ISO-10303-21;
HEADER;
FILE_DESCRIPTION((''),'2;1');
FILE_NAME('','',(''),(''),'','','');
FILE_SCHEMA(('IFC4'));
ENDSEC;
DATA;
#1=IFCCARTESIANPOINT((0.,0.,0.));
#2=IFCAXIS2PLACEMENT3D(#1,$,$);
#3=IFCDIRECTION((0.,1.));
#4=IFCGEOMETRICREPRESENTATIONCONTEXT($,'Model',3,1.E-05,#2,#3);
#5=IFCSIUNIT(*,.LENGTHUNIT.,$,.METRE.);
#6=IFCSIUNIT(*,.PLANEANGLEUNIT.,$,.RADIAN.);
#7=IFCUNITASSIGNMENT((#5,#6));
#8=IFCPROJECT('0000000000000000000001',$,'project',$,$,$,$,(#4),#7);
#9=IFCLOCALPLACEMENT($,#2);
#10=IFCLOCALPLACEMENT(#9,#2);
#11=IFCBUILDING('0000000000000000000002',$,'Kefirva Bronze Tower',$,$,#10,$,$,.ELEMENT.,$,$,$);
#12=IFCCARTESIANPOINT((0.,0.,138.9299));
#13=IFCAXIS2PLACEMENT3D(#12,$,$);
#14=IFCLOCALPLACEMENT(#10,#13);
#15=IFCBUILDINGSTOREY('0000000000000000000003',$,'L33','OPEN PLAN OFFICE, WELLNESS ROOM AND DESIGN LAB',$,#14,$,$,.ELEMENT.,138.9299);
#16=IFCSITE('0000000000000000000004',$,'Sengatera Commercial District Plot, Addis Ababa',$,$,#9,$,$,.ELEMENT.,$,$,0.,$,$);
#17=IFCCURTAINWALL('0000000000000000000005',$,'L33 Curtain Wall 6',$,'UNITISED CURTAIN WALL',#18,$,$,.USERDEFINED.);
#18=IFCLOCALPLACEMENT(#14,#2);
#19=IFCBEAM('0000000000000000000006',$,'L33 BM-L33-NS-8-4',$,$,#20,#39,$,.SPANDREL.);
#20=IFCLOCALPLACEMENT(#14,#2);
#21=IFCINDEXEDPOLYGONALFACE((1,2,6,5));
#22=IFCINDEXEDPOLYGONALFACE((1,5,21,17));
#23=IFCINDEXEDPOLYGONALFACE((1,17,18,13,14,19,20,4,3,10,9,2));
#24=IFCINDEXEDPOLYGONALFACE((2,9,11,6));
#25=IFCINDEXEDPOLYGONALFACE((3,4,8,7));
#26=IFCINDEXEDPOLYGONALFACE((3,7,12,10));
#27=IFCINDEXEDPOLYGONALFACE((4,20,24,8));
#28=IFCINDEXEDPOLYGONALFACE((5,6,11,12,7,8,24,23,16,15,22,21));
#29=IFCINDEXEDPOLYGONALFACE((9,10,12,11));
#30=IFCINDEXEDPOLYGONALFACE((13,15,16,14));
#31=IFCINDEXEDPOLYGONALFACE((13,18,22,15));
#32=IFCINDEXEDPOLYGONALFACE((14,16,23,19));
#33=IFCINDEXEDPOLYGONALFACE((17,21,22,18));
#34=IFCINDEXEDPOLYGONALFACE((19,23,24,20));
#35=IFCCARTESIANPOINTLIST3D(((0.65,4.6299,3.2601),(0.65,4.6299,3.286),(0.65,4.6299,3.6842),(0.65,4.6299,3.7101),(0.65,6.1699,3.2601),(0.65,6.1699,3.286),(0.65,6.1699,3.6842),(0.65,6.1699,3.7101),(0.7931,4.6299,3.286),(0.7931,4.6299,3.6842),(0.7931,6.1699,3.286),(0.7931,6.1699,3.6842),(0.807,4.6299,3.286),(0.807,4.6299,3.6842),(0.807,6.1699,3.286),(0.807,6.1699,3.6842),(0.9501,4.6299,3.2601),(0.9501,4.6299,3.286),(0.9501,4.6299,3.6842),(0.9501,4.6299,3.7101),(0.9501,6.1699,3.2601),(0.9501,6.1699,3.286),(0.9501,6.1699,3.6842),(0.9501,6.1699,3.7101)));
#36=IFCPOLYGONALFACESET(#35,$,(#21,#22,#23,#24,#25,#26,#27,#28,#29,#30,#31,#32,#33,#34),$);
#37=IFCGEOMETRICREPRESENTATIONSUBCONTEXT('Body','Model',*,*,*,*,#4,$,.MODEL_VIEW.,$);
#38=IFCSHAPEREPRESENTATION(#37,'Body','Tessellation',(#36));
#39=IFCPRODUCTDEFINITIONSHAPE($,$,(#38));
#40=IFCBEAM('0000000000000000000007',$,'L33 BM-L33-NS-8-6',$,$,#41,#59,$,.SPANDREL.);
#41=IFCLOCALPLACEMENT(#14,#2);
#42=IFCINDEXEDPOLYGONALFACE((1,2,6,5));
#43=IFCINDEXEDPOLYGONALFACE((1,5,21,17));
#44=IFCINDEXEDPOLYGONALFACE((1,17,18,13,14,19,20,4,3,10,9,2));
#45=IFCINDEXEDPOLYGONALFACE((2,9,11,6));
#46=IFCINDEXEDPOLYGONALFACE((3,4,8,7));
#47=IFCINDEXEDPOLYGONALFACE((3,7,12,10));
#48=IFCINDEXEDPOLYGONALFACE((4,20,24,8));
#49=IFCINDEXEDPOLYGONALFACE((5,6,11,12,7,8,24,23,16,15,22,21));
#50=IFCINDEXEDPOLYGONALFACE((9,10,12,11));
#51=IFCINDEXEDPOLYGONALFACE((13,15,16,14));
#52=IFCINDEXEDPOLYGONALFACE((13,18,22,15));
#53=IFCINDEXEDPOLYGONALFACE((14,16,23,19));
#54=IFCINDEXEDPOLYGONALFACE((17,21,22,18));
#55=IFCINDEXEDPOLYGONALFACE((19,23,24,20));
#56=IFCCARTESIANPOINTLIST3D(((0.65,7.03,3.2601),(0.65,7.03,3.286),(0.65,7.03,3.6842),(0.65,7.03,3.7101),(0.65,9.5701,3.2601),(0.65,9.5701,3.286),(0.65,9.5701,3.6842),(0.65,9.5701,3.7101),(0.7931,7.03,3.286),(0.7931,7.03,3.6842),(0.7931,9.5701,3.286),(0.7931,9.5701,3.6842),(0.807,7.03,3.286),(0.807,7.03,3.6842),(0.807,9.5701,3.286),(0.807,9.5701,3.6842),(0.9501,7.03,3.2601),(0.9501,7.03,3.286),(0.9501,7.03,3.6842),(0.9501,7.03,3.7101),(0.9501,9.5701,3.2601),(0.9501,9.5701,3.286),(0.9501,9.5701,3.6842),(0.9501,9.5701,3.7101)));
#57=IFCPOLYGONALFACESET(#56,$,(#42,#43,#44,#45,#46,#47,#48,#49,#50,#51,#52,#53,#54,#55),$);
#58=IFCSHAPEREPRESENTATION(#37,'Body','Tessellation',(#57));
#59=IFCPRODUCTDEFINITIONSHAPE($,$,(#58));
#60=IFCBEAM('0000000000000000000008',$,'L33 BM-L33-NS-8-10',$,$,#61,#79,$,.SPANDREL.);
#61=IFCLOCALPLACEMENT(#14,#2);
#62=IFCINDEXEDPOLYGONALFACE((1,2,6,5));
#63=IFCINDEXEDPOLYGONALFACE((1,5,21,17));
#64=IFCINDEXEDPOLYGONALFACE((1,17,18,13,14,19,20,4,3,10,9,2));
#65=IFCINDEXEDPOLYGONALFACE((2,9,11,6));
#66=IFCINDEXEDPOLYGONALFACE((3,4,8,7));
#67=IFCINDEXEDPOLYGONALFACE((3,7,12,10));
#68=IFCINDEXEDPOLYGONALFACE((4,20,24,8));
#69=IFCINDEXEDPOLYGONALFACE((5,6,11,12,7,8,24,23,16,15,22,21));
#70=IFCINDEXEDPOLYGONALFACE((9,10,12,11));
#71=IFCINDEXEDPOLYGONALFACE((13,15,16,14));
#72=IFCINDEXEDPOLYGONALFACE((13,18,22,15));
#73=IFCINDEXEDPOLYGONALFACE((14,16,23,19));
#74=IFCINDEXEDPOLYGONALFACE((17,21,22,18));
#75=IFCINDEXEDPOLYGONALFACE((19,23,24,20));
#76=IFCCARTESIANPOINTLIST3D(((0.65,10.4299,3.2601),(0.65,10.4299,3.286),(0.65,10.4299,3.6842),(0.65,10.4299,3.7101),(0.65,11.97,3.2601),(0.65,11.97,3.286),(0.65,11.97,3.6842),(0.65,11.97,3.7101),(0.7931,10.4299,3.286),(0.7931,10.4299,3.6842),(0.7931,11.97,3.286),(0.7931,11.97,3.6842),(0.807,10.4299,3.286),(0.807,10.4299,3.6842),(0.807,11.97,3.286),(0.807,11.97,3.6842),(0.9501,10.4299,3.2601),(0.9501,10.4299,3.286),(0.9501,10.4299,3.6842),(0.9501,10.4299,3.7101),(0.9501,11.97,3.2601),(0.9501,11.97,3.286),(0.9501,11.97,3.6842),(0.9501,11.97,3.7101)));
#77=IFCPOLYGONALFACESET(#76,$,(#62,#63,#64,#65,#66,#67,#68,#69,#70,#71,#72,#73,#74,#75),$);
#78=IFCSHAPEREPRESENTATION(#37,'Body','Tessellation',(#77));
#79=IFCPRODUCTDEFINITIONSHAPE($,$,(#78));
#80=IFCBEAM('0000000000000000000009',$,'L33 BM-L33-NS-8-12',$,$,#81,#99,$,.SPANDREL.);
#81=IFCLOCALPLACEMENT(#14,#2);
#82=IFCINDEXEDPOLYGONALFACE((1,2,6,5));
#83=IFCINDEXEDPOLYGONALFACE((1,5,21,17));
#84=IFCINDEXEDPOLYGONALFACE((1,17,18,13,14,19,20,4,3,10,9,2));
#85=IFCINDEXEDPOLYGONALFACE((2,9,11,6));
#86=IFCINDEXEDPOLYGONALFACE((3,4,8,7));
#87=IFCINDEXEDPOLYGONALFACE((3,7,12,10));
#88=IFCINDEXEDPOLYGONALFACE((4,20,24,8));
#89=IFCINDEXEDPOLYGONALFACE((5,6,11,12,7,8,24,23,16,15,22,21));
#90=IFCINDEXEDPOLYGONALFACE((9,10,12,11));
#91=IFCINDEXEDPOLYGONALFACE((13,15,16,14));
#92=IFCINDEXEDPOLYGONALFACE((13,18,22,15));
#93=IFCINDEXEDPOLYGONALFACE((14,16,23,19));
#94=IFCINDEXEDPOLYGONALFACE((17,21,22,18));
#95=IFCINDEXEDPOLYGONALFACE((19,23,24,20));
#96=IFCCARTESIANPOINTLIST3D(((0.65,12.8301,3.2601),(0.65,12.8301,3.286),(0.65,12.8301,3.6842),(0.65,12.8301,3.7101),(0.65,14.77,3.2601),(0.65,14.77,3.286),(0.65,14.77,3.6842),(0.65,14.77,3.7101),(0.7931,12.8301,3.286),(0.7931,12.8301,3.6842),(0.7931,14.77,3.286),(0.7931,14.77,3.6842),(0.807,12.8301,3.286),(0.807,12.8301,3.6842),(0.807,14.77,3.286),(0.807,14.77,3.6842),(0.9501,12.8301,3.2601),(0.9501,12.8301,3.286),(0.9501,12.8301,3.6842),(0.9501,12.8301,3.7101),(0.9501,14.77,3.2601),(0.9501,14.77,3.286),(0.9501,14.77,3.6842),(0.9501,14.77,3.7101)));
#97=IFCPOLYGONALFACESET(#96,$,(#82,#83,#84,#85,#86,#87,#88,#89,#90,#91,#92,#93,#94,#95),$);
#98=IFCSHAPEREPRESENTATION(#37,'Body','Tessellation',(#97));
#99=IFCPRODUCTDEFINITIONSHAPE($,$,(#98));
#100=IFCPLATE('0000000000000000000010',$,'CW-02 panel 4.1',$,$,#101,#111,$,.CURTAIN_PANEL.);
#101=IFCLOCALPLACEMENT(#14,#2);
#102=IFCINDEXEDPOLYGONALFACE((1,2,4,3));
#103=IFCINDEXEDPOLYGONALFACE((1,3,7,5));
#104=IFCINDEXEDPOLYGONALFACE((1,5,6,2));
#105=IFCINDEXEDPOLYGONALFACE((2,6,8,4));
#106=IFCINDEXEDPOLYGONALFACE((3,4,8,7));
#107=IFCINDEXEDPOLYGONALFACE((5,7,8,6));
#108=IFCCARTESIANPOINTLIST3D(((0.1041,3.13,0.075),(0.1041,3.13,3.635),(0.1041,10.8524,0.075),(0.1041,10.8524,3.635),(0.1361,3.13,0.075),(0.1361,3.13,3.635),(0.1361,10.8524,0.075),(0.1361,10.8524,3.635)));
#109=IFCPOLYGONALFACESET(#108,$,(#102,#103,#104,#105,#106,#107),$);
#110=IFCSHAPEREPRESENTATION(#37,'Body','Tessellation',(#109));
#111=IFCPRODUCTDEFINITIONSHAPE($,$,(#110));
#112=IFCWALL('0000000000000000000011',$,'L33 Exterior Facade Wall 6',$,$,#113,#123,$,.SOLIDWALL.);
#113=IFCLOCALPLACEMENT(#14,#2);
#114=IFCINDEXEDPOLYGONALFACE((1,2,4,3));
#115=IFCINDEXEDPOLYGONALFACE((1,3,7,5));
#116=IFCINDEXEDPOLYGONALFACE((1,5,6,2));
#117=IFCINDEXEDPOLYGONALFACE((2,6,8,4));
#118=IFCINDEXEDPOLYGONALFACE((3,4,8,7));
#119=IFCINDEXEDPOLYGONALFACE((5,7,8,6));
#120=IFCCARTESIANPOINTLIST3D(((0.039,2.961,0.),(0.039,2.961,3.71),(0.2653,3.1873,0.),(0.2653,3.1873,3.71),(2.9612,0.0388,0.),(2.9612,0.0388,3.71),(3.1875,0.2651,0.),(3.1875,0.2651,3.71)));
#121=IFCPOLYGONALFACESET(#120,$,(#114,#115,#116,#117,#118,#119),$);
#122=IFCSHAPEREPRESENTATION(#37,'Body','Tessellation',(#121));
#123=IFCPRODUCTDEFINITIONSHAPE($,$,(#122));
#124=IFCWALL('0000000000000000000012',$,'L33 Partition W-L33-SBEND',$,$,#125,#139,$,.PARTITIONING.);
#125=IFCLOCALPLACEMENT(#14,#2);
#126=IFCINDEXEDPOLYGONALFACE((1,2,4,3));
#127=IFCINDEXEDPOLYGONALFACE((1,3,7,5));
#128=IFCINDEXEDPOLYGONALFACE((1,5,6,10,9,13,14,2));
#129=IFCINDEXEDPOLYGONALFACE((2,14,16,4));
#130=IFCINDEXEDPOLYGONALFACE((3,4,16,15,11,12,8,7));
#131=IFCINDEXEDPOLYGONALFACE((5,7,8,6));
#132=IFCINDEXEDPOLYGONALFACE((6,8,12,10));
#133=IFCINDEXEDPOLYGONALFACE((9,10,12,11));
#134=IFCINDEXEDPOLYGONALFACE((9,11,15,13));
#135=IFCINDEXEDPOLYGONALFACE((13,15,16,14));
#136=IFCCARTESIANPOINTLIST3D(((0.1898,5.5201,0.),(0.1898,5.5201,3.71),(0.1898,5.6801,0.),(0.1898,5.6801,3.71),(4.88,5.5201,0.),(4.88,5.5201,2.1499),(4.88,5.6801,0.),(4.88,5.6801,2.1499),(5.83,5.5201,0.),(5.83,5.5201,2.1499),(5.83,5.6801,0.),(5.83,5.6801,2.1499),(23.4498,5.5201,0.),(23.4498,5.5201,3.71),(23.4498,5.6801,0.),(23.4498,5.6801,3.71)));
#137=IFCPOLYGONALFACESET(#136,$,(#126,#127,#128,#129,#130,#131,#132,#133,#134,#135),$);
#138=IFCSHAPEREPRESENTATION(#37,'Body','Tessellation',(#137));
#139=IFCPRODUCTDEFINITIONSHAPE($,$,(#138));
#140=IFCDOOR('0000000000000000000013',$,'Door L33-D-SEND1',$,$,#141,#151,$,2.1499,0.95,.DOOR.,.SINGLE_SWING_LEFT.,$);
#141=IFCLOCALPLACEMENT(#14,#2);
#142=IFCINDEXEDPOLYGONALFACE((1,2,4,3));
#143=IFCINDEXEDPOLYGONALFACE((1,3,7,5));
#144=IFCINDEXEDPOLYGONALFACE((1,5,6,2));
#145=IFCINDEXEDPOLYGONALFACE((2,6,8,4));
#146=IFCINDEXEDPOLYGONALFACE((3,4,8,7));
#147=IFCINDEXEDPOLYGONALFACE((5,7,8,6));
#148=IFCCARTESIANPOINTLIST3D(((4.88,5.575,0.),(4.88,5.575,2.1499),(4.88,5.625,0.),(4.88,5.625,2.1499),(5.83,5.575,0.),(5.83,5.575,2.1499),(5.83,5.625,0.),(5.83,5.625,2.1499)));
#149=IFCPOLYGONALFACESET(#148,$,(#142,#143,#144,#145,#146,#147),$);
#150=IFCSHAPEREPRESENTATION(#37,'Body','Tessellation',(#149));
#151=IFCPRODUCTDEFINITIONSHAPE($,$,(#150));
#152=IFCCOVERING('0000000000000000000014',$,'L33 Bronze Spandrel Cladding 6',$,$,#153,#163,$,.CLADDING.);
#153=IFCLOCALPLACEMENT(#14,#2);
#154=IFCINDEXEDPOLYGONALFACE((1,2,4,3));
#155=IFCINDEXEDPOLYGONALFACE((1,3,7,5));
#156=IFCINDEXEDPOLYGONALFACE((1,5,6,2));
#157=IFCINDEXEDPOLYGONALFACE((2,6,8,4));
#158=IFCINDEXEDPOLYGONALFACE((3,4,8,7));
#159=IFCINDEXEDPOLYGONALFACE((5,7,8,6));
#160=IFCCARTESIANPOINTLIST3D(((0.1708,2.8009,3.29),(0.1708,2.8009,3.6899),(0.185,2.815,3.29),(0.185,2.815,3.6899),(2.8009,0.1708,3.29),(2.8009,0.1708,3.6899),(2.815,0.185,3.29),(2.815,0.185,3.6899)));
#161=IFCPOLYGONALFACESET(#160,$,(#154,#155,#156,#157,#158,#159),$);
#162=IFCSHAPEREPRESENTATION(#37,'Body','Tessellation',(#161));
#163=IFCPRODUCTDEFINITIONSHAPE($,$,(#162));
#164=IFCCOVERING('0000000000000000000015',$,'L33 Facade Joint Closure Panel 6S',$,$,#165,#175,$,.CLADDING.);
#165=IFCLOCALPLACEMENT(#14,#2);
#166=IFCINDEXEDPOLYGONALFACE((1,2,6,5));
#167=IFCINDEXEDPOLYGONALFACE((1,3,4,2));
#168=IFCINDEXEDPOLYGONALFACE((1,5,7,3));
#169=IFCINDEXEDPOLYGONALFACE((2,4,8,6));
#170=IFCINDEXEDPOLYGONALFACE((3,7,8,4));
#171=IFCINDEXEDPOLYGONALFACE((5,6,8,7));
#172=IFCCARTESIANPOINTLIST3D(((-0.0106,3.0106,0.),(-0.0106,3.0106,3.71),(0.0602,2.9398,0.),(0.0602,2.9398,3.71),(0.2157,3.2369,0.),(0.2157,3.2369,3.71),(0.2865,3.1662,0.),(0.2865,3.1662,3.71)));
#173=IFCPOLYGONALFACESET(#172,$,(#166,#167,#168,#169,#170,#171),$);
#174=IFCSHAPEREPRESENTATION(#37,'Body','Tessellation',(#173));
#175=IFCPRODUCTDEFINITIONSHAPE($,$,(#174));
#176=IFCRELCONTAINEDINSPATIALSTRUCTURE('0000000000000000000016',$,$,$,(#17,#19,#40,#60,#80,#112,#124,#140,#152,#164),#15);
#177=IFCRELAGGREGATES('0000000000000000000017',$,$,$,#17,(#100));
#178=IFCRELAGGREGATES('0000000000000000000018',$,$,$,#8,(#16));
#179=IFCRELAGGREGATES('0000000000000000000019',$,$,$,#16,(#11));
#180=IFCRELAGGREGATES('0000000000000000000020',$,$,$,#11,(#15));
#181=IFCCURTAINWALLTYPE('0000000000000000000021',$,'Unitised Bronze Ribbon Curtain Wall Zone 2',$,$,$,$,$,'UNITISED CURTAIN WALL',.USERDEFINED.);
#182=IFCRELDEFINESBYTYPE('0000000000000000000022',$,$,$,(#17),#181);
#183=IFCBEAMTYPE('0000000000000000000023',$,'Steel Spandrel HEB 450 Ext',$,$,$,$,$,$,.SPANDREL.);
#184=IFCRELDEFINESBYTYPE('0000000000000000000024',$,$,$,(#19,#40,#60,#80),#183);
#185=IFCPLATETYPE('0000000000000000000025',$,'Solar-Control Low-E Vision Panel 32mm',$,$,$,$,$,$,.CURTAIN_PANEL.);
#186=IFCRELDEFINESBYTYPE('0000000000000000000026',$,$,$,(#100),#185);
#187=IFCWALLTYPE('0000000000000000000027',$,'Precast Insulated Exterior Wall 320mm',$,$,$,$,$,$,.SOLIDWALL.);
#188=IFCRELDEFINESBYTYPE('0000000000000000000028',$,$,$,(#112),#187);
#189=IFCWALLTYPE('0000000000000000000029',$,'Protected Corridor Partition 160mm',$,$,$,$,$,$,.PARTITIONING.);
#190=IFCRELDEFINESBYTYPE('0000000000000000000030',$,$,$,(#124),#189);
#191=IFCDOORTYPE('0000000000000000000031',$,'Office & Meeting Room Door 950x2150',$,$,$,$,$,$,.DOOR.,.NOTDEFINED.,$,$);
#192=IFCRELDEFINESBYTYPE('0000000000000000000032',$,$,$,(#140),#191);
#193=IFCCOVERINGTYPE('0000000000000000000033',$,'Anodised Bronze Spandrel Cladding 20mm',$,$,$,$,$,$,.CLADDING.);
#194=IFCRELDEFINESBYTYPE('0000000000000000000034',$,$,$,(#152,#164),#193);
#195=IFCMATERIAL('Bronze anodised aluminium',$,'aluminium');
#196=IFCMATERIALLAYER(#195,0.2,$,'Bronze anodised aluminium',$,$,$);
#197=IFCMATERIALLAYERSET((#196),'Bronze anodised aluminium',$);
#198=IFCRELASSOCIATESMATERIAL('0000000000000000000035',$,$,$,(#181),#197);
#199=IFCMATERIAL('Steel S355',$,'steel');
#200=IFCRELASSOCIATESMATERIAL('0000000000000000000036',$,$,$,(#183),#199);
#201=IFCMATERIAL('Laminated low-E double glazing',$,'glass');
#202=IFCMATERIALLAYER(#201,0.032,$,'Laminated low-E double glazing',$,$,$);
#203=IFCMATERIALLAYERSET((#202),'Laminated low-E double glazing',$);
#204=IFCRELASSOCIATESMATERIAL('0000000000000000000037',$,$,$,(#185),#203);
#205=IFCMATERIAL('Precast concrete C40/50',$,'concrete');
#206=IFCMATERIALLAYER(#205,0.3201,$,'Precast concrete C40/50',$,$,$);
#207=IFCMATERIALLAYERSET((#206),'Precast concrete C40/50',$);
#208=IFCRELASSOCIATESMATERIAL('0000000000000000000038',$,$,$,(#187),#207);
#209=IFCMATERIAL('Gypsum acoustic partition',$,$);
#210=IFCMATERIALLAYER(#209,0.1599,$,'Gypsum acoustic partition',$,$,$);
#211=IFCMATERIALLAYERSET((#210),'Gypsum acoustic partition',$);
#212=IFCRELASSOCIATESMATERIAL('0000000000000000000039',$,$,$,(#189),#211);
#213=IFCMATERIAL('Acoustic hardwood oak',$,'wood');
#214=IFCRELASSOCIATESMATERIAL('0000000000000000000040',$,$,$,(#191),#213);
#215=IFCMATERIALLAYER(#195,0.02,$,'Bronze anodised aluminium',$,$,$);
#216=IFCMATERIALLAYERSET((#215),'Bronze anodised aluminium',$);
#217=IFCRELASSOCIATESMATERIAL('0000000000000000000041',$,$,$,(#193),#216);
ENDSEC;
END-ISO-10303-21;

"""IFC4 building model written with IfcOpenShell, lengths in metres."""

from ifc_helpers import new_model, si_unit, direction, frame, frame_2d, origin, origin_2d, place, context, subcontext, project, spatial, rectangle, i_section, extrude, material, layer, layer_set, material_profile, profile_set, type_object, element, fill, aggregate, save


model = new_model("IFC4")

# Units and contexts
model_context = context("Model", 3, precision=1e-05, world=origin(), true_north=direction((0.0, 1.0)))
body_context = subcontext(model_context, "Body", "Model", "MODEL_VIEW")
ifc_project = project(units=[si_unit("LENGTHUNIT", "METRE"), si_unit("PLANEANGLEUNIT", "RADIAN")], contexts=[model_context])

# Site, building, storey
site_placement = place(None, origin())
site = spatial("IfcSite", under=ifc_project, at=site_placement, Name="Sengatera Commercial District Plot, Addis Ababa", CompositionType="ELEMENT", RefElevation=0.0)
building_placement = place(site_placement, origin())
building = spatial("IfcBuilding", under=site, at=building_placement, Name="Kefirva Bronze Tower", CompositionType="ELEMENT")
storey_placement = place(building_placement, frame((0.0, 0.0, 138.9299)))
storey = spatial("IfcBuildingStorey", under=building, at=storey_placement, Name="L33", Description="OPEN PLAN OFFICE, WELLNESS ROOM AND DESIGN LAB", CompositionType="ELEMENT", Elevation=138.9299)

# Curtain wall
ifc_material_1 = material(Name="Bronze anodised aluminium", Category="aluminium")
ifc_layer_1 = layer(ifc_material_1, 0.2, Name="Bronze anodised aluminium")
ifc_layer_set_1 = layer_set([ifc_layer_1], Name="Bronze anodised aluminium")
curtain_wall_type = type_object("IfcCurtainWallType", Name="Unitised Bronze Ribbon Curtain Wall Zone 2", ElementType="UNITISED CURTAIN WALL", PredefinedType="USERDEFINED", material=ifc_layer_set_1)
curtain_wall_placement = place(storey_placement, origin())
curtain_wall = element("IfcCurtainWall", 1, at=curtain_wall_placement, inside=storey, type_object=curtain_wall_type, Name="L33 Curtain Wall 6", ObjectType="UNITISED CURTAIN WALL", PredefinedType="USERDEFINED")

# Beams
ifc_material_2 = material(Name="Steel S355", Category="steel")
ifc_material_profile_1 = material_profile(ifc_material_2, i_section(OverallWidth=0.3, OverallDepth=0.45, WebThickness=0.0139, FlangeThickness=0.0259, at=origin_2d()), Name="HEB 450")
ifc_profile_set_1 = profile_set([ifc_material_profile_1], Name="Steel S355")
beam_type_1 = type_object("IfcBeamType", Name="Steel Spandrel HEB 450 Ext", PredefinedType="SPANDREL", material=ifc_profile_set_1)
beam_1_placement = place(storey_placement, frame((0.8, 4.6299, 3.4851), z_axis=(0.0, 1.0, 0.0), x_axis=(-1.0, 0.0, 0.0)))
element("IfcBeam", 2, at=beam_1_placement, inside=storey, type_object=beam_type_1, Name="L33 BM-L33-NS-8-4", PredefinedType="SPANDREL", context=body_context, shape_type="SweptSolid", body=[
    extrude(i_section(OverallWidth=0.3, OverallDepth=0.45, WebThickness=0.0139, FlangeThickness=0.0259, at=origin_2d()), origin(), (0.0, 0.0, 1.0), 1.54),
])
beam_2_placement = place(storey_placement, frame((0.8, 7.03, 3.4851), z_axis=(0.0, 1.0, 0.0), x_axis=(-1.0, 0.0, 0.0)))
element("IfcBeam", 3, at=beam_2_placement, inside=storey, type_object=beam_type_1, Name="L33 BM-L33-NS-8-6", PredefinedType="SPANDREL", context=body_context, shape_type="SweptSolid", body=[
    extrude(i_section(OverallWidth=0.3, OverallDepth=0.45, WebThickness=0.0139, FlangeThickness=0.0259, at=origin_2d()), origin(), (0.0, 0.0, 1.0), 2.54),
])
beam_3_placement = place(storey_placement, frame((0.8, 10.4299, 3.4851), z_axis=(0.0, 1.0, 0.0), x_axis=(-1.0, 0.0, 0.0)))
element("IfcBeam", 4, at=beam_3_placement, inside=storey, type_object=beam_type_1, Name="L33 BM-L33-NS-8-10", PredefinedType="SPANDREL", context=body_context, shape_type="SweptSolid", body=[
    extrude(i_section(OverallWidth=0.3, OverallDepth=0.45, WebThickness=0.0139, FlangeThickness=0.0259, at=origin_2d()), origin(), (0.0, 0.0, 1.0), 1.54),
])
beam_4_placement = place(storey_placement, frame((0.8, 12.8301, 3.4851), z_axis=(0.0, 1.0, 0.0), x_axis=(-1.0, 0.0, 0.0)))
element("IfcBeam", 5, at=beam_4_placement, inside=storey, type_object=beam_type_1, Name="L33 BM-L33-NS-8-12", PredefinedType="SPANDREL", context=body_context, shape_type="SweptSolid", body=[
    extrude(i_section(OverallWidth=0.3, OverallDepth=0.45, WebThickness=0.0139, FlangeThickness=0.0259, at=origin_2d()), origin(), (0.0, 0.0, 1.0), 1.9399),
])

# Plate
ifc_material_3 = material(Name="Laminated low-E double glazing", Category="glass")
ifc_layer_2 = layer(ifc_material_3, 0.032, Name="Laminated low-E double glazing")
ifc_layer_set_2 = layer_set([ifc_layer_2], Name="Laminated low-E double glazing")
plate_type = type_object("IfcPlateType", Name="Solar-Control Low-E Vision Panel 32mm", PredefinedType="CURTAIN_PANEL", material=ifc_layer_set_2)
plate_placement = place(storey_placement, frame((0.1201, 6.9912, 0.075), z_axis=(0.0, 0.0, 1.0), x_axis=(0.0, -1.0, 0.0)))
plate = element("IfcPlate", 6, at=plate_placement, type_object=plate_type, Name="CW-02 panel 4.1", PredefinedType="CURTAIN_PANEL", context=body_context, shape_type="SweptSolid", body=[
    extrude(rectangle(XDim=7.7224, YDim=0.032, at=origin_2d()), origin(), (0.0, 0.0, 1.0), 3.5601),
])
aggregate(curtain_wall, [plate])

# Wall
ifc_material_4 = material(Name="Precast concrete C40/50", Category="concrete")
ifc_layer_3 = layer(ifc_material_4, 0.3201, Name="Precast concrete C40/50")
ifc_layer_set_3 = layer_set([ifc_layer_3], Name="Precast concrete C40/50")
wall_type_1 = type_object("IfcWallType", Name="Precast Insulated Exterior Wall 320mm", PredefinedType="SOLIDWALL", material=ifc_layer_set_3)
wall_1_placement = place(storey_placement, frame((0.1521, 3.0742, 0.0), z_axis=(0.0, 0.0, 1.0), x_axis=(0.707107, -0.707107, 0.0)))
element("IfcWall", 7, at=wall_1_placement, inside=storey, type_object=wall_type_1, Name="L33 Exterior Facade Wall 6", PredefinedType="SOLIDWALL", context=body_context, shape_type="SweptSolid", body=[
    extrude(rectangle(XDim=4.1326, YDim=0.3201, at=frame_2d((2.0664, 0.0))), origin(), (0.0, 0.0, 1.0), 3.71),
])

# Wall, opening, door
ifc_material_5 = material(Name="Gypsum acoustic partition")
ifc_layer_4 = layer(ifc_material_5, 0.1599, Name="Gypsum acoustic partition")
ifc_layer_set_4 = layer_set([ifc_layer_4], Name="Gypsum acoustic partition")
wall_type_2 = type_object("IfcWallType", Name="Protected Corridor Partition 160mm", PredefinedType="PARTITIONING", material=ifc_layer_set_4)
wall_2_placement = place(storey_placement, frame((0.1899, 5.6001, 0.0), z_axis=(0.0, 0.0, 1.0), x_axis=(1.0, 0.0, 0.0)))
wall_2 = element("IfcWall", 8, at=wall_2_placement, inside=storey, type_object=wall_type_2, Name="L33 Partition W-L33-SBEND", PredefinedType="PARTITIONING", context=body_context, shape_type="SweptSolid", body=[
    extrude(rectangle(XDim=23.26, YDim=0.1599, at=frame_2d((11.6299, 0.0))), origin(), (0.0, 0.0, 1.0), 3.71),
])
opening_placement = place(wall_2_placement, frame((4.6899, 0.0, 0.0)))
opening = element("IfcOpeningElement", 9, at=opening_placement, cuts=wall_2, PredefinedType="OPENING", context=body_context, shape_type="SweptSolid", body=[
    extrude(rectangle(XDim=0.95, YDim=2.1499, at=frame_2d((0.4751, 1.075))), frame((0.0, 0.0898, 0.0), z_axis=(0.0, -1.0, 0.0), x_axis=(1.0, 0.0, 0.0)), (0.0, 0.0, 1.0), 0.1799),
])
ifc_material_6 = material(Name="Acoustic hardwood oak", Category="wood")
door_type = type_object("IfcDoorType", Name="Office & Meeting Room Door 950x2150", OperationType="NOTDEFINED", PredefinedType="DOOR", material=ifc_material_6)
door_placement = place(opening_placement, origin())
door = element("IfcDoor", 10, at=door_placement, inside=storey, type_object=door_type, Name="Door L33-D-SEND1", OperationType="SINGLE_SWING_LEFT", OverallHeight=2.1499, OverallWidth=0.95, PredefinedType="DOOR", context=body_context, shape_type="SweptSolid", body=[
    extrude(rectangle(XDim=0.95, YDim=2.1499, at=frame_2d((0.4751, 1.075))), frame((0.0, 0.0249, 0.0), z_axis=(0.0, -1.0, 0.0), x_axis=(1.0, 0.0, 0.0)), (0.0, 0.0, 1.0), 0.05),
])
fill(opening, door)

# Coverings
ifc_layer_5 = layer(ifc_material_1, 0.02, Name="Bronze anodised aluminium")
ifc_layer_set_5 = layer_set([ifc_layer_5], Name="Bronze anodised aluminium")
covering_type_1 = type_object("IfcCoveringType", Name="Anodised Bronze Spandrel Cladding 20mm", PredefinedType="CLADDING", material=ifc_layer_set_5)
covering_1_placement = place(storey_placement, frame((1.4929, 1.4929, 3.29), z_axis=(0.0, 0.0, 1.0), x_axis=(0.707107, -0.707107, 0.0)))
element("IfcCovering", 11, at=covering_1_placement, inside=storey, type_object=covering_type_1, Name="L33 Bronze Spandrel Cladding 6", PredefinedType="CLADDING", context=body_context, shape_type="SweptSolid", body=[
    extrude(rectangle(XDim=3.7195, YDim=0.02, at=origin_2d()), origin(), (0.0, 0.0, 1.0), 0.3999),
])
covering_2_placement = place(storey_placement, frame((0.1379, 3.0884, 0.0), z_axis=(0.0, 0.0, 1.0), x_axis=(0.707107, -0.707107, 0.0)))
element("IfcCovering", 12, at=covering_2_placement, inside=storey, type_object=covering_type_1, Name="L33 Facade Joint Closure Panel 6S", PredefinedType="CLADDING", context=body_context, shape_type="SweptSolid", body=[
    extrude(rectangle(XDim=0.1001, YDim=0.3201, at=origin_2d()), origin(), (0.0, 0.0, 1.0), 3.71),
])

save(model, "model.ifc")
